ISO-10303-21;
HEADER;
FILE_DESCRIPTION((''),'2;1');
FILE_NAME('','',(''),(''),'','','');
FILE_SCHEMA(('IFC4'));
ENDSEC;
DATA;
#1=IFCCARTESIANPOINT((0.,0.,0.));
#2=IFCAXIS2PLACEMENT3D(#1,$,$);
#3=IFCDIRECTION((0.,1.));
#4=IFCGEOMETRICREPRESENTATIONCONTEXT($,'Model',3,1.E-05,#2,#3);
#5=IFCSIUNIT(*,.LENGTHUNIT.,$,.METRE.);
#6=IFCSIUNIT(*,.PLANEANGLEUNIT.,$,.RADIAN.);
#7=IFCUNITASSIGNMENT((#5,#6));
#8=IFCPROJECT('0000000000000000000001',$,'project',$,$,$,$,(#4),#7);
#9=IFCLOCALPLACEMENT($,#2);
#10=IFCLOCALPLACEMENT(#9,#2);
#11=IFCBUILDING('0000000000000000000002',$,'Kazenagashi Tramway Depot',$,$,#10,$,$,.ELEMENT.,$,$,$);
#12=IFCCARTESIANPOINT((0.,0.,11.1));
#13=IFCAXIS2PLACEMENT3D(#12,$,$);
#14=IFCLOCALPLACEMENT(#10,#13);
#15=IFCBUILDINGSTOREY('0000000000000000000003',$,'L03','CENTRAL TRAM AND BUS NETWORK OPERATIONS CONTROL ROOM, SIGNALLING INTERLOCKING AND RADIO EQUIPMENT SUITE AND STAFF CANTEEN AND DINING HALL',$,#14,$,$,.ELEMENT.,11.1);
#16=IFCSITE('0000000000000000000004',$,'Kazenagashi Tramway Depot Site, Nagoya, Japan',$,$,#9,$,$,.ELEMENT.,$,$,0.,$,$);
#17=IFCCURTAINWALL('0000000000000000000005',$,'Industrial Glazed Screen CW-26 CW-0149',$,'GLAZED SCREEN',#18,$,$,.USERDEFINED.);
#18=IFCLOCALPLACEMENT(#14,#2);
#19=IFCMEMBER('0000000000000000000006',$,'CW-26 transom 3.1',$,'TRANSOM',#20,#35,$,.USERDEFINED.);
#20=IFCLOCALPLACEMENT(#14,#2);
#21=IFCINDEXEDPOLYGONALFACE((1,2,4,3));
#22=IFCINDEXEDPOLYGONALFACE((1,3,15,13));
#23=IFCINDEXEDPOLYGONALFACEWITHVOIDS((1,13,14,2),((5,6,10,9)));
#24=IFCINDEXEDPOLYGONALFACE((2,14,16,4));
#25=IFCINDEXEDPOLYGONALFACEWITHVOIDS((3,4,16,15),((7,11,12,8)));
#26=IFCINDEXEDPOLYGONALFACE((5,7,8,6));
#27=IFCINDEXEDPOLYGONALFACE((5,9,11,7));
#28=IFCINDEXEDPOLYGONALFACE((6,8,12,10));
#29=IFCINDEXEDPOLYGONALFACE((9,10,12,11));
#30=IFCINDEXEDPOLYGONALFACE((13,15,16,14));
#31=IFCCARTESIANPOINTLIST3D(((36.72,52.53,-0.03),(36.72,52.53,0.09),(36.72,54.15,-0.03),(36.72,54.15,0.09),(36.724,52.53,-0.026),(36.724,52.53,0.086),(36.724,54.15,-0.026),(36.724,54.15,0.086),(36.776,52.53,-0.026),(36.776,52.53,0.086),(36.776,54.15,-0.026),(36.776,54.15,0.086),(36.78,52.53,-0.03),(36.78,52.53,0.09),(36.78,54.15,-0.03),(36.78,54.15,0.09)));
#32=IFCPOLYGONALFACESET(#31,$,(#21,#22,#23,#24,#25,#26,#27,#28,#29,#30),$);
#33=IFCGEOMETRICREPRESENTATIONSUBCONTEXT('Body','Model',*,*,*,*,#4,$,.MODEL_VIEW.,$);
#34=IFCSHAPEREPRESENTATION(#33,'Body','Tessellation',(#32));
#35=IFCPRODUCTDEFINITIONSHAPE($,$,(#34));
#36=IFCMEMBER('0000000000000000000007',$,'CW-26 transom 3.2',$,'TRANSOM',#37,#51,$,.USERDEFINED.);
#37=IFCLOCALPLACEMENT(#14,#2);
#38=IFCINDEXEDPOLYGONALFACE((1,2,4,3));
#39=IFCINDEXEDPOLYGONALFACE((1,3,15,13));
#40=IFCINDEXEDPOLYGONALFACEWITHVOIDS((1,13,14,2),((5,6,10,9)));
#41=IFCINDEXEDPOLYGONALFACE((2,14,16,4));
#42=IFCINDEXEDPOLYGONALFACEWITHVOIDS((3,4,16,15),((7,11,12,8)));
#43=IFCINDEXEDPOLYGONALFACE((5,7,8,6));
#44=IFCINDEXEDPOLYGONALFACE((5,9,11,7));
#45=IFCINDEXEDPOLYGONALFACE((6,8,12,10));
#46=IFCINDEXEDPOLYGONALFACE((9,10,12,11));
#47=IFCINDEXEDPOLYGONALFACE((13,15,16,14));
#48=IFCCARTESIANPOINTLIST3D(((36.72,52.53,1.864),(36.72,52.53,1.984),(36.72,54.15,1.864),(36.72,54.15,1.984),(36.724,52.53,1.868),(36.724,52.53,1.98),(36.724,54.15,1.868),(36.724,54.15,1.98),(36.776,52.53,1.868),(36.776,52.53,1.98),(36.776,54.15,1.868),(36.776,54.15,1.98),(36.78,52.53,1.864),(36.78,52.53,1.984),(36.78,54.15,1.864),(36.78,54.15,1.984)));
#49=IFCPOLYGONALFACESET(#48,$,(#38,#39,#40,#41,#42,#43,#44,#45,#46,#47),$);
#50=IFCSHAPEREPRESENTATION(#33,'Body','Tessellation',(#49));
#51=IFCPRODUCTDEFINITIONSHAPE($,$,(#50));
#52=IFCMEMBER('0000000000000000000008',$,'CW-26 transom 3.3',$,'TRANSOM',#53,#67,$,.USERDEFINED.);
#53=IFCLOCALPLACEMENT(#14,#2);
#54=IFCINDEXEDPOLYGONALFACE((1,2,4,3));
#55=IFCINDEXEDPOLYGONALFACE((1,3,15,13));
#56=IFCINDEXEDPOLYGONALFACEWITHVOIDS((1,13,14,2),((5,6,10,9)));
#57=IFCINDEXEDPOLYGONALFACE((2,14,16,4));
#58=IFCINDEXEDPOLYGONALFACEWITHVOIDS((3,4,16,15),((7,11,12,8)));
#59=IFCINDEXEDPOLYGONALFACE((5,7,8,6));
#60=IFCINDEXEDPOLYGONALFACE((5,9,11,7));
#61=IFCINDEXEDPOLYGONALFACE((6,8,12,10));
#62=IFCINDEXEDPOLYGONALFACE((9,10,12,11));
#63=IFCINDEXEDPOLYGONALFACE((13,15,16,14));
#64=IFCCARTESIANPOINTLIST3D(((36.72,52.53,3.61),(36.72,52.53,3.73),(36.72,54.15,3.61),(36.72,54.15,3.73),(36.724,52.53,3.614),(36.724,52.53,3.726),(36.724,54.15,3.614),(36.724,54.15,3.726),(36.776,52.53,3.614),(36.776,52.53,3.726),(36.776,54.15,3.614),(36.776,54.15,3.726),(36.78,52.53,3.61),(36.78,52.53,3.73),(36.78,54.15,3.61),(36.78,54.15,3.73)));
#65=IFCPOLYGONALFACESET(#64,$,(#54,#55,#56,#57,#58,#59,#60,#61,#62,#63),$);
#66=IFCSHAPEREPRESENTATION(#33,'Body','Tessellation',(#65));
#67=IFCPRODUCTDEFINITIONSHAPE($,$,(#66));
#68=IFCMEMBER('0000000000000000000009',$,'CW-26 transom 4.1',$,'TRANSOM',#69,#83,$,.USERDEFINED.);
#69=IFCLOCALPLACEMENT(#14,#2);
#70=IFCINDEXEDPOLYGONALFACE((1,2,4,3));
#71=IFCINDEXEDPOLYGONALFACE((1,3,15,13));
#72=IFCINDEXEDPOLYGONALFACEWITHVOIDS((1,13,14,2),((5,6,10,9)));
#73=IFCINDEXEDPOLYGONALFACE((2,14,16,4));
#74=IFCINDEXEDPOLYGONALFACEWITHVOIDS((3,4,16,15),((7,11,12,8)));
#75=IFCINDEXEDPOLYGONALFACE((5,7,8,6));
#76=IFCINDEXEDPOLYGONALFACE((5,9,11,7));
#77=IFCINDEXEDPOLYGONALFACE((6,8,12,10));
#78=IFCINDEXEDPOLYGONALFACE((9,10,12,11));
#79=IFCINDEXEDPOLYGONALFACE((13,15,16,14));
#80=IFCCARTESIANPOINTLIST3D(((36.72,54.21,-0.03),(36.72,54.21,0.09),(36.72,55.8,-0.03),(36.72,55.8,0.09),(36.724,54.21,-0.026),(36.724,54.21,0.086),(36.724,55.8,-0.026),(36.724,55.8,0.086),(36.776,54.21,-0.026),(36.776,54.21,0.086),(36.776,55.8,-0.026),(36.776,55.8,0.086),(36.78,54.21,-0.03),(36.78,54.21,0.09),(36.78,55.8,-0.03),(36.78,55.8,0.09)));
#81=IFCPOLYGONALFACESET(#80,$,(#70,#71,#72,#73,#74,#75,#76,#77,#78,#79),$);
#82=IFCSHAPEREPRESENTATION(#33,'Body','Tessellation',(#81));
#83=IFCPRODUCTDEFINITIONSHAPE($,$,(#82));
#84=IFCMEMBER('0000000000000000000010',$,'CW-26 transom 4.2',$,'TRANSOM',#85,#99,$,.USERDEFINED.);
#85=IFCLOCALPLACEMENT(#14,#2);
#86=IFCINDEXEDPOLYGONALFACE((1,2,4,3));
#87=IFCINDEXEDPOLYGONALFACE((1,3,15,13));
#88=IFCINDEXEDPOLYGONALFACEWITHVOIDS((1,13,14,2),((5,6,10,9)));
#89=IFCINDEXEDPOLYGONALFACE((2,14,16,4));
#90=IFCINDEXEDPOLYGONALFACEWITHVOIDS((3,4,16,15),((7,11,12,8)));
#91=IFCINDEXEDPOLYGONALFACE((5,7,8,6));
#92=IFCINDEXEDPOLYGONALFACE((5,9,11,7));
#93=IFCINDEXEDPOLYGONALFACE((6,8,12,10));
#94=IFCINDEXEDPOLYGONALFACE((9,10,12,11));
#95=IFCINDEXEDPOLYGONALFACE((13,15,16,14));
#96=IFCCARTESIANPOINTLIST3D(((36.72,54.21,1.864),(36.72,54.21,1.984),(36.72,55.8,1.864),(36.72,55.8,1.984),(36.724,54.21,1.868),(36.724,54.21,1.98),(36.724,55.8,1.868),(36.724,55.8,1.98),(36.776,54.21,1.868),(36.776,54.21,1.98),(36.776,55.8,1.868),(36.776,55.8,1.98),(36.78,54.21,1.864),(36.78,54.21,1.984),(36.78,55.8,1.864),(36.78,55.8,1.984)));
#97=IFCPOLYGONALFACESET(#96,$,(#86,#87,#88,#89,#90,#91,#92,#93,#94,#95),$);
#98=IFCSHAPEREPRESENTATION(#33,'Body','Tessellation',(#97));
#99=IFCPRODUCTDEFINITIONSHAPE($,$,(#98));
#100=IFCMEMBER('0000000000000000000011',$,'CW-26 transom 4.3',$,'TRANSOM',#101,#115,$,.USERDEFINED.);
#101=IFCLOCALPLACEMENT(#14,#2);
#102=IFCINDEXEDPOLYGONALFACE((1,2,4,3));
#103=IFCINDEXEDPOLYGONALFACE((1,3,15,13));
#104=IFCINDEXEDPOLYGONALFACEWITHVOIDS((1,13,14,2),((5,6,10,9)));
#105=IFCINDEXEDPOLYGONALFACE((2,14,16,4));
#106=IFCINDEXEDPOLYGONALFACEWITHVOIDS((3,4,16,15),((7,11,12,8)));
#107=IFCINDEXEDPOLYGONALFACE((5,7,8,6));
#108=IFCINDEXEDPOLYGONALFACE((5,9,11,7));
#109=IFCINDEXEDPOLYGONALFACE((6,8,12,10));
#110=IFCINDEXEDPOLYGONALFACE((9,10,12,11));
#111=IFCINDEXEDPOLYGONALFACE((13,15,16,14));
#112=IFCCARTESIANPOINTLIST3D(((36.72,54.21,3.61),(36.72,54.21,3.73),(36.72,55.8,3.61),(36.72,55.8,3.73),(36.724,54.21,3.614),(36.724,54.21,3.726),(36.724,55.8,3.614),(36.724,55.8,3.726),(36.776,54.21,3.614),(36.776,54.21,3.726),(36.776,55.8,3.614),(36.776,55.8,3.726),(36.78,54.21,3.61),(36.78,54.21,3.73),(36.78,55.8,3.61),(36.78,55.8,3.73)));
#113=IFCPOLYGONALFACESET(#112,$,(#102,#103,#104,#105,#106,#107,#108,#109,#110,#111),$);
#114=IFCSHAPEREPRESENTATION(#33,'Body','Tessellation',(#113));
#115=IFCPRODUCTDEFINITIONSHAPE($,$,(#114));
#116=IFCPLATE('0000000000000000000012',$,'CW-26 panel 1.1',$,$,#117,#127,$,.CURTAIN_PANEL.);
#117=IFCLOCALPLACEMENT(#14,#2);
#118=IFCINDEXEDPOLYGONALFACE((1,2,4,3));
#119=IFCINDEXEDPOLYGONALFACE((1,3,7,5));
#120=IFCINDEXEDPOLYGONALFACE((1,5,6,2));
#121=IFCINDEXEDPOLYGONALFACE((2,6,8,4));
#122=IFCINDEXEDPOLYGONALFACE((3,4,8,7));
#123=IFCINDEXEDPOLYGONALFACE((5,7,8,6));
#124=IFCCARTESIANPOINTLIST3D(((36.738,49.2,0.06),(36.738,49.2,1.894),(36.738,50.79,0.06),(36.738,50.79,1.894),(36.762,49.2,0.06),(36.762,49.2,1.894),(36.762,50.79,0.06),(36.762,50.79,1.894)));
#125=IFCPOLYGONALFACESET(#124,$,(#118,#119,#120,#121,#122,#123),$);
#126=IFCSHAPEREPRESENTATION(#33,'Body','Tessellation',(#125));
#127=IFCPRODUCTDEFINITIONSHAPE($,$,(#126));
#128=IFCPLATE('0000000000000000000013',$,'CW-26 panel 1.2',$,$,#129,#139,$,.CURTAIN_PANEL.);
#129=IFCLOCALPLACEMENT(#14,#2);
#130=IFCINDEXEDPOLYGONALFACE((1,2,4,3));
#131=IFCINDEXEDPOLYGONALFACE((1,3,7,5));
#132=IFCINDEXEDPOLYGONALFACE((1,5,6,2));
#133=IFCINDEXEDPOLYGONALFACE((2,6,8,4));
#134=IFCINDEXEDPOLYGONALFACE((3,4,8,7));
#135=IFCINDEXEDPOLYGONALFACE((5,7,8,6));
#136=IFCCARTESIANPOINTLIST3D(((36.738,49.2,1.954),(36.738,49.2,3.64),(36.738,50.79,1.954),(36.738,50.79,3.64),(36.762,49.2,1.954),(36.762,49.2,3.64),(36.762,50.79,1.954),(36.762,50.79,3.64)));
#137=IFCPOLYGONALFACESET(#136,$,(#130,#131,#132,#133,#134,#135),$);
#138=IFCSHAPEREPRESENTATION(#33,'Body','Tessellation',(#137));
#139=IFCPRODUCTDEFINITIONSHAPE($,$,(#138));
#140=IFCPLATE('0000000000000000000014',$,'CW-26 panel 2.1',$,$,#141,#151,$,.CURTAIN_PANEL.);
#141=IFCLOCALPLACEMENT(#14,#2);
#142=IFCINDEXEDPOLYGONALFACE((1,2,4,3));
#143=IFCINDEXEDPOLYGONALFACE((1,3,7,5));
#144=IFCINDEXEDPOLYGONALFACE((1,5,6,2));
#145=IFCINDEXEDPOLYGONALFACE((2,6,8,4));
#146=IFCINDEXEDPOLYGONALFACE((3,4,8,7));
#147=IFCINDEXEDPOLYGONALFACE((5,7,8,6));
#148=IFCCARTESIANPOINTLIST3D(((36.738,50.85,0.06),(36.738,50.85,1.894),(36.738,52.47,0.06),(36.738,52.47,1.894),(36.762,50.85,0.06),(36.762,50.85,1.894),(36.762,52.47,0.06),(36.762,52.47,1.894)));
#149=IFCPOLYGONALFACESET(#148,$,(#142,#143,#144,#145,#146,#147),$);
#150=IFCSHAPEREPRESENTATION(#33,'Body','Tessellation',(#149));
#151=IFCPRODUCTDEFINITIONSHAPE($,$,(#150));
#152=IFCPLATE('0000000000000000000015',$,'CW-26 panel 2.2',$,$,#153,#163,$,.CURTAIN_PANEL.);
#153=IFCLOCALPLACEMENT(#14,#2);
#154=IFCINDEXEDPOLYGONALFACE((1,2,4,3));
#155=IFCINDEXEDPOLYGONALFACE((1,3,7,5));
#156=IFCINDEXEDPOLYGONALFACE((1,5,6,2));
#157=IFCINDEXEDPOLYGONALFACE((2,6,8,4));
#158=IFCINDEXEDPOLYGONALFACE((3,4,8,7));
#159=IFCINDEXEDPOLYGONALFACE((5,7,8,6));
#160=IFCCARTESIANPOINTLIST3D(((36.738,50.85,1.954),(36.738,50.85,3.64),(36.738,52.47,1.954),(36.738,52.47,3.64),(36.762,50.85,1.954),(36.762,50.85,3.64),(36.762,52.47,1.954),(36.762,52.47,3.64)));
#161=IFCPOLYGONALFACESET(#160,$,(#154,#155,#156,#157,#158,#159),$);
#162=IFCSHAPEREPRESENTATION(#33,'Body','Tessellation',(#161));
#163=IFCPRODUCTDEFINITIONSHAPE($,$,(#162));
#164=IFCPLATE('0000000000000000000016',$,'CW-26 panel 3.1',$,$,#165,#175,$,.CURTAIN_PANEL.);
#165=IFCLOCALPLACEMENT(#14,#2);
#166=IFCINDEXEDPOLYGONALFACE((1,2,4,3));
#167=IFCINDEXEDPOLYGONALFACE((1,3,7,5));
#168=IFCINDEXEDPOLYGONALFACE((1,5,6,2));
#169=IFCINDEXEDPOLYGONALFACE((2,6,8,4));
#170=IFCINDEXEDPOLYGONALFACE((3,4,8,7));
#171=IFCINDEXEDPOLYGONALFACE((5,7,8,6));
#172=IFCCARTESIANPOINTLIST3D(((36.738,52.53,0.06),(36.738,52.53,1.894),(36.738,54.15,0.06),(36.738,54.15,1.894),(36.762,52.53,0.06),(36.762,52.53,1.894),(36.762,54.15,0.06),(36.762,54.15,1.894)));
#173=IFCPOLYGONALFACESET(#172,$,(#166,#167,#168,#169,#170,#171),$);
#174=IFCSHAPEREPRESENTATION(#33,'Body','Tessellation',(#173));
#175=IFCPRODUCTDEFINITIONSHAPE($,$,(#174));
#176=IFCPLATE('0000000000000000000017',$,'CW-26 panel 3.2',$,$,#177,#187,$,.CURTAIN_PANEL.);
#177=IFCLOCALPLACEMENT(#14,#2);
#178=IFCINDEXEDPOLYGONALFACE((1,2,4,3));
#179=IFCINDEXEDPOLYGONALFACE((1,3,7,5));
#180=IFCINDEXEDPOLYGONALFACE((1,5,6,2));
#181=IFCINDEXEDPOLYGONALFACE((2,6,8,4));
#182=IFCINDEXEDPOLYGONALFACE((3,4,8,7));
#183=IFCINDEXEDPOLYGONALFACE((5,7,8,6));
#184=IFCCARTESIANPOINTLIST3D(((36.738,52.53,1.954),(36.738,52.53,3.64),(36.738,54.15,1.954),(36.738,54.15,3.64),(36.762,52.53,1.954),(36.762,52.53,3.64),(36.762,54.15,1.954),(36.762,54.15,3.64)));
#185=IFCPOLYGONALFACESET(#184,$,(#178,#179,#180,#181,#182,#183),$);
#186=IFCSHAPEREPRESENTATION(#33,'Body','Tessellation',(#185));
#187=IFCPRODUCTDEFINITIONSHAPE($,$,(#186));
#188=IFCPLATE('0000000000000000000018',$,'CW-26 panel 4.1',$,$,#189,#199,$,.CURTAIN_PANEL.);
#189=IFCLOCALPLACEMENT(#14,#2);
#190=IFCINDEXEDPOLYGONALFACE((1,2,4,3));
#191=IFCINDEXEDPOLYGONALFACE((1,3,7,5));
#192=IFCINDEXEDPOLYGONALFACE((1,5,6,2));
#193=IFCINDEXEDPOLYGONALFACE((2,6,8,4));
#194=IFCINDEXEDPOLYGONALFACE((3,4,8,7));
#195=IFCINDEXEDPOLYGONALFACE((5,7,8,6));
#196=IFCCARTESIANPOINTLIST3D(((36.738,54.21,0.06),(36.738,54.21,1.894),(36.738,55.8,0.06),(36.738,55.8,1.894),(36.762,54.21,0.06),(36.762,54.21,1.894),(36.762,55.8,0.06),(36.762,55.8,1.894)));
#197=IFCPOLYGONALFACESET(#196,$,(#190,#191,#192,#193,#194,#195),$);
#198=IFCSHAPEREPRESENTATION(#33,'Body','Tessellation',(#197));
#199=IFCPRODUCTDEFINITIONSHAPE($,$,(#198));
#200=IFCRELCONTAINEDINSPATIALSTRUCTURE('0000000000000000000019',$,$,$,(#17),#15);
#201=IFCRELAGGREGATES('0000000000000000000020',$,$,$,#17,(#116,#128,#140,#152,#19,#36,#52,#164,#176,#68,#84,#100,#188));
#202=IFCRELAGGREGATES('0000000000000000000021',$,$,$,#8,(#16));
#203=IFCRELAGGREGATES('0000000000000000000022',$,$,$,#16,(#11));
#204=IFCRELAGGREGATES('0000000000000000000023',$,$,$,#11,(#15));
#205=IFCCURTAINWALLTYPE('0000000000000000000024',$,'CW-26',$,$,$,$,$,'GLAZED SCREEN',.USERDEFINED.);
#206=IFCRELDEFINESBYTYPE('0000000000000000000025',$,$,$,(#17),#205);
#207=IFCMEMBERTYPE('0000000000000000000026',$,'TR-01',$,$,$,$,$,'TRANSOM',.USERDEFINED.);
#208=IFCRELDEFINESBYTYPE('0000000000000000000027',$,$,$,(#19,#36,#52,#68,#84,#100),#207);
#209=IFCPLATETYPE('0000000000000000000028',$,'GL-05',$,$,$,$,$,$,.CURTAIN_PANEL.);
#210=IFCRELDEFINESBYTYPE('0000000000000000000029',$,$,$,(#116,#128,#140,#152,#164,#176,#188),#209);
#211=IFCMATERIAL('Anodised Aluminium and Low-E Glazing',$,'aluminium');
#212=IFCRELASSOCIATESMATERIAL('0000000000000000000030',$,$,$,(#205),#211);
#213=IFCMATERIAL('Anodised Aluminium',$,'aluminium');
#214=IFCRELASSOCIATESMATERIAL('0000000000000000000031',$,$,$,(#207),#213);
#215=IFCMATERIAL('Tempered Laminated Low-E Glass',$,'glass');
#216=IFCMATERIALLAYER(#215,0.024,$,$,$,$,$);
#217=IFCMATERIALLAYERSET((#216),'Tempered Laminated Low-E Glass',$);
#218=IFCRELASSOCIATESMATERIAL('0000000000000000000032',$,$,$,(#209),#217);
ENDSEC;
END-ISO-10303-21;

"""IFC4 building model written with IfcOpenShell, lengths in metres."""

from ifc_helpers import new_model, si_unit, direction, frame, origin, origin_2d, place, context, subcontext, project, spatial, rectangle, hollow_rectangle, extrude, material, layer, layer_set, material_profile, profile_set, type_object, element, aggregate, save


model = new_model("IFC4")

# Units and contexts
model_context = context("Model", 3, precision=1e-05, world=origin(), true_north=direction((0.0, 1.0)))
body_context = subcontext(model_context, "Body", "Model", "MODEL_VIEW")
ifc_project = project(units=[si_unit("LENGTHUNIT", "METRE"), si_unit("PLANEANGLEUNIT", "RADIAN")], contexts=[model_context])

# Site, building, storey
site_placement = place(None, origin())
site = spatial("IfcSite", under=ifc_project, at=site_placement, Name="Kazenagashi Tramway Depot Site, Nagoya, Japan", CompositionType="ELEMENT", RefElevation=0.0)
building_placement = place(site_placement, origin())
building = spatial("IfcBuilding", under=site, at=building_placement, Name="Kazenagashi Tramway Depot", CompositionType="ELEMENT")
storey_placement = place(building_placement, frame((0.0, 0.0, 11.1)))
storey = spatial("IfcBuildingStorey", under=building, at=storey_placement, Name="L03", Description="CENTRAL TRAM AND BUS NETWORK OPERATIONS CONTROL ROOM, SIGNALLING INTERLOCKING AND RADIO EQUIPMENT SUITE AND STAFF CANTEEN AND DINING HALL", CompositionType="ELEMENT", Elevation=11.1)

# Curtain wall
ifc_material_1 = material(Name="Anodised Aluminium and Low-E Glazing", Category="aluminium")
curtain_wall_type = type_object("IfcCurtainWallType", Name="CW-26", ElementType="GLAZED SCREEN", PredefinedType="USERDEFINED", material=ifc_material_1)
curtain_wall_placement = place(storey_placement, origin())
curtain_wall = element("IfcCurtainWall", 1, at=curtain_wall_placement, inside=storey, type_object=curtain_wall_type, Name="Industrial Glazed Screen CW-26 CW-0149", ObjectType="GLAZED SCREEN", PredefinedType="USERDEFINED")
ifc_material_2 = material(Name="Anodised Aluminium", Category="aluminium")

# Members
ifc_material_profile_1 = material_profile(ifc_material_2, hollow_rectangle(XDim=0.06, YDim=0.12, WallThickness=0.004, at=origin_2d()), Name="RHS-120x60x4")
ifc_profile_set_1 = profile_set([ifc_material_profile_1], Name="Anodised Aluminium")
member_type_1 = type_object("IfcMemberType", Name="TR-01", ElementType="TRANSOM", PredefinedType="USERDEFINED", material=ifc_profile_set_1)
member_1_placement = place(storey_placement, frame((36.75, 52.53, 0.03), z_axis=(0.0, 1.0, 0.0), x_axis=(-1.0, 0.0, 0.0)))
member_1 = element("IfcMember", 2, at=member_1_placement, type_object=member_type_1, Name="CW-26 transom 3.1", ObjectType="TRANSOM", PredefinedType="USERDEFINED", context=body_context, shape_type="SweptSolid", body=[
    extrude(hollow_rectangle(XDim=0.06, YDim=0.12, WallThickness=0.004, at=origin_2d()), origin(), (0.0, 0.0, 1.0), 1.62),
])
member_2_placement = place(storey_placement, frame((36.75, 52.53, 1.924), z_axis=(0.0, 1.0, 0.0), x_axis=(-1.0, 0.0, 0.0)))
member_2 = element("IfcMember", 3, at=member_2_placement, type_object=member_type_1, Name="CW-26 transom 3.2", ObjectType="TRANSOM", PredefinedType="USERDEFINED", context=body_context, shape_type="SweptSolid", body=[
    extrude(hollow_rectangle(XDim=0.06, YDim=0.12, WallThickness=0.004, at=origin_2d()), origin(), (0.0, 0.0, 1.0), 1.62),
])
member_3_placement = place(storey_placement, frame((36.75, 52.53, 3.67), z_axis=(0.0, 1.0, 0.0), x_axis=(-1.0, 0.0, 0.0)))
member_3 = element("IfcMember", 4, at=member_3_placement, type_object=member_type_1, Name="CW-26 transom 3.3", ObjectType="TRANSOM", PredefinedType="USERDEFINED", context=body_context, shape_type="SweptSolid", body=[
    extrude(hollow_rectangle(XDim=0.06, YDim=0.12, WallThickness=0.004, at=origin_2d()), origin(), (0.0, 0.0, 1.0), 1.62),
])
member_4_placement = place(storey_placement, frame((36.75, 54.21, 0.03), z_axis=(0.0, 1.0, 0.0), x_axis=(-1.0, 0.0, 0.0)))
member_4 = element("IfcMember", 5, at=member_4_placement, type_object=member_type_1, Name="CW-26 transom 4.1", ObjectType="TRANSOM", PredefinedType="USERDEFINED", context=body_context, shape_type="SweptSolid", body=[
    extrude(hollow_rectangle(XDim=0.06, YDim=0.12, WallThickness=0.004, at=origin_2d()), origin(), (0.0, 0.0, 1.0), 1.59),
])
member_5_placement = place(storey_placement, frame((36.75, 54.21, 1.924), z_axis=(0.0, 1.0, 0.0), x_axis=(-1.0, 0.0, 0.0)))
member_5 = element("IfcMember", 6, at=member_5_placement, type_object=member_type_1, Name="CW-26 transom 4.2", ObjectType="TRANSOM", PredefinedType="USERDEFINED", context=body_context, shape_type="SweptSolid", body=[
    extrude(hollow_rectangle(XDim=0.06, YDim=0.12, WallThickness=0.004, at=origin_2d()), origin(), (0.0, 0.0, 1.0), 1.59),
])
member_6_placement = place(storey_placement, frame((36.75, 54.21, 3.67), z_axis=(0.0, 1.0, 0.0), x_axis=(-1.0, 0.0, 0.0)))
member_6 = element("IfcMember", 7, at=member_6_placement, type_object=member_type_1, Name="CW-26 transom 4.3", ObjectType="TRANSOM", PredefinedType="USERDEFINED", context=body_context, shape_type="SweptSolid", body=[
    extrude(hollow_rectangle(XDim=0.06, YDim=0.12, WallThickness=0.004, at=origin_2d()), origin(), (0.0, 0.0, 1.0), 1.59),
])

# Plates
ifc_material_3 = material(Name="Tempered Laminated Low-E Glass", Category="glass")
ifc_layer = layer(ifc_material_3, 0.024)
ifc_layer_set = layer_set([ifc_layer], Name="Tempered Laminated Low-E Glass")
plate_type = type_object("IfcPlateType", Name="GL-05", PredefinedType="CURTAIN_PANEL", material=ifc_layer_set)
plate_1_placement = place(storey_placement, frame((36.75, 49.995, 0.06), z_axis=(0.0, 0.0, 1.0), x_axis=(0.0, 1.0, 0.0)))
plate_1 = element("IfcPlate", 8, at=plate_1_placement, type_object=plate_type, Name="CW-26 panel 1.1", PredefinedType="CURTAIN_PANEL", context=body_context, shape_type="SweptSolid", body=[
    extrude(rectangle(XDim=1.59, YDim=0.024, at=origin_2d()), origin(), (0.0, 0.0, 1.0), 1.834),
])
plate_2_placement = place(storey_placement, frame((36.75, 49.995, 1.954), z_axis=(0.0, 0.0, 1.0), x_axis=(0.0, 1.0, 0.0)))
plate_2 = element("IfcPlate", 9, at=plate_2_placement, type_object=plate_type, Name="CW-26 panel 1.2", PredefinedType="CURTAIN_PANEL", context=body_context, shape_type="SweptSolid", body=[
    extrude(rectangle(XDim=1.59, YDim=0.024, at=origin_2d()), origin(), (0.0, 0.0, 1.0), 1.686),
])
plate_3_placement = place(storey_placement, frame((36.75, 51.66, 0.06), z_axis=(0.0, 0.0, 1.0), x_axis=(0.0, 1.0, 0.0)))
plate_3 = element("IfcPlate", 10, at=plate_3_placement, type_object=plate_type, Name="CW-26 panel 2.1", PredefinedType="CURTAIN_PANEL", context=body_context, shape_type="SweptSolid", body=[
    extrude(rectangle(XDim=1.62, YDim=0.024, at=origin_2d()), origin(), (0.0, 0.0, 1.0), 1.834),
])
plate_4_placement = place(storey_placement, frame((36.75, 51.66, 1.954), z_axis=(0.0, 0.0, 1.0), x_axis=(0.0, 1.0, 0.0)))
plate_4 = element("IfcPlate", 11, at=plate_4_placement, type_object=plate_type, Name="CW-26 panel 2.2", PredefinedType="CURTAIN_PANEL", context=body_context, shape_type="SweptSolid", body=[
    extrude(rectangle(XDim=1.62, YDim=0.024, at=origin_2d()), origin(), (0.0, 0.0, 1.0), 1.686),
])
plate_5_placement = place(storey_placement, frame((36.75, 53.34, 0.06), z_axis=(0.0, 0.0, 1.0), x_axis=(0.0, 1.0, 0.0)))
plate_5 = element("IfcPlate", 12, at=plate_5_placement, type_object=plate_type, Name="CW-26 panel 3.1", PredefinedType="CURTAIN_PANEL", context=body_context, shape_type="SweptSolid", body=[
    extrude(rectangle(XDim=1.62, YDim=0.024, at=origin_2d()), origin(), (0.0, 0.0, 1.0), 1.834),
])
plate_6_placement = place(storey_placement, frame((36.75, 53.34, 1.954), z_axis=(0.0, 0.0, 1.0), x_axis=(0.0, 1.0, 0.0)))
plate_6 = element("IfcPlate", 13, at=plate_6_placement, type_object=plate_type, Name="CW-26 panel 3.2", PredefinedType="CURTAIN_PANEL", context=body_context, shape_type="SweptSolid", body=[
    extrude(rectangle(XDim=1.62, YDim=0.024, at=origin_2d()), origin(), (0.0, 0.0, 1.0), 1.686),
])
plate_7_placement = place(storey_placement, frame((36.75, 55.005, 0.06), z_axis=(0.0, 0.0, 1.0), x_axis=(0.0, 1.0, 0.0)))
plate_7 = element("IfcPlate", 14, at=plate_7_placement, type_object=plate_type, Name="CW-26 panel 4.1", PredefinedType="CURTAIN_PANEL", context=body_context, shape_type="SweptSolid", body=[
    extrude(rectangle(XDim=1.59, YDim=0.024, at=origin_2d()), origin(), (0.0, 0.0, 1.0), 1.834),
])
aggregate(curtain_wall, [plate_1, plate_2, plate_3, plate_4, member_1, member_2, member_3, plate_5, plate_6, member_4, member_5, member_6, plate_7])

save(model, "model.ifc")
